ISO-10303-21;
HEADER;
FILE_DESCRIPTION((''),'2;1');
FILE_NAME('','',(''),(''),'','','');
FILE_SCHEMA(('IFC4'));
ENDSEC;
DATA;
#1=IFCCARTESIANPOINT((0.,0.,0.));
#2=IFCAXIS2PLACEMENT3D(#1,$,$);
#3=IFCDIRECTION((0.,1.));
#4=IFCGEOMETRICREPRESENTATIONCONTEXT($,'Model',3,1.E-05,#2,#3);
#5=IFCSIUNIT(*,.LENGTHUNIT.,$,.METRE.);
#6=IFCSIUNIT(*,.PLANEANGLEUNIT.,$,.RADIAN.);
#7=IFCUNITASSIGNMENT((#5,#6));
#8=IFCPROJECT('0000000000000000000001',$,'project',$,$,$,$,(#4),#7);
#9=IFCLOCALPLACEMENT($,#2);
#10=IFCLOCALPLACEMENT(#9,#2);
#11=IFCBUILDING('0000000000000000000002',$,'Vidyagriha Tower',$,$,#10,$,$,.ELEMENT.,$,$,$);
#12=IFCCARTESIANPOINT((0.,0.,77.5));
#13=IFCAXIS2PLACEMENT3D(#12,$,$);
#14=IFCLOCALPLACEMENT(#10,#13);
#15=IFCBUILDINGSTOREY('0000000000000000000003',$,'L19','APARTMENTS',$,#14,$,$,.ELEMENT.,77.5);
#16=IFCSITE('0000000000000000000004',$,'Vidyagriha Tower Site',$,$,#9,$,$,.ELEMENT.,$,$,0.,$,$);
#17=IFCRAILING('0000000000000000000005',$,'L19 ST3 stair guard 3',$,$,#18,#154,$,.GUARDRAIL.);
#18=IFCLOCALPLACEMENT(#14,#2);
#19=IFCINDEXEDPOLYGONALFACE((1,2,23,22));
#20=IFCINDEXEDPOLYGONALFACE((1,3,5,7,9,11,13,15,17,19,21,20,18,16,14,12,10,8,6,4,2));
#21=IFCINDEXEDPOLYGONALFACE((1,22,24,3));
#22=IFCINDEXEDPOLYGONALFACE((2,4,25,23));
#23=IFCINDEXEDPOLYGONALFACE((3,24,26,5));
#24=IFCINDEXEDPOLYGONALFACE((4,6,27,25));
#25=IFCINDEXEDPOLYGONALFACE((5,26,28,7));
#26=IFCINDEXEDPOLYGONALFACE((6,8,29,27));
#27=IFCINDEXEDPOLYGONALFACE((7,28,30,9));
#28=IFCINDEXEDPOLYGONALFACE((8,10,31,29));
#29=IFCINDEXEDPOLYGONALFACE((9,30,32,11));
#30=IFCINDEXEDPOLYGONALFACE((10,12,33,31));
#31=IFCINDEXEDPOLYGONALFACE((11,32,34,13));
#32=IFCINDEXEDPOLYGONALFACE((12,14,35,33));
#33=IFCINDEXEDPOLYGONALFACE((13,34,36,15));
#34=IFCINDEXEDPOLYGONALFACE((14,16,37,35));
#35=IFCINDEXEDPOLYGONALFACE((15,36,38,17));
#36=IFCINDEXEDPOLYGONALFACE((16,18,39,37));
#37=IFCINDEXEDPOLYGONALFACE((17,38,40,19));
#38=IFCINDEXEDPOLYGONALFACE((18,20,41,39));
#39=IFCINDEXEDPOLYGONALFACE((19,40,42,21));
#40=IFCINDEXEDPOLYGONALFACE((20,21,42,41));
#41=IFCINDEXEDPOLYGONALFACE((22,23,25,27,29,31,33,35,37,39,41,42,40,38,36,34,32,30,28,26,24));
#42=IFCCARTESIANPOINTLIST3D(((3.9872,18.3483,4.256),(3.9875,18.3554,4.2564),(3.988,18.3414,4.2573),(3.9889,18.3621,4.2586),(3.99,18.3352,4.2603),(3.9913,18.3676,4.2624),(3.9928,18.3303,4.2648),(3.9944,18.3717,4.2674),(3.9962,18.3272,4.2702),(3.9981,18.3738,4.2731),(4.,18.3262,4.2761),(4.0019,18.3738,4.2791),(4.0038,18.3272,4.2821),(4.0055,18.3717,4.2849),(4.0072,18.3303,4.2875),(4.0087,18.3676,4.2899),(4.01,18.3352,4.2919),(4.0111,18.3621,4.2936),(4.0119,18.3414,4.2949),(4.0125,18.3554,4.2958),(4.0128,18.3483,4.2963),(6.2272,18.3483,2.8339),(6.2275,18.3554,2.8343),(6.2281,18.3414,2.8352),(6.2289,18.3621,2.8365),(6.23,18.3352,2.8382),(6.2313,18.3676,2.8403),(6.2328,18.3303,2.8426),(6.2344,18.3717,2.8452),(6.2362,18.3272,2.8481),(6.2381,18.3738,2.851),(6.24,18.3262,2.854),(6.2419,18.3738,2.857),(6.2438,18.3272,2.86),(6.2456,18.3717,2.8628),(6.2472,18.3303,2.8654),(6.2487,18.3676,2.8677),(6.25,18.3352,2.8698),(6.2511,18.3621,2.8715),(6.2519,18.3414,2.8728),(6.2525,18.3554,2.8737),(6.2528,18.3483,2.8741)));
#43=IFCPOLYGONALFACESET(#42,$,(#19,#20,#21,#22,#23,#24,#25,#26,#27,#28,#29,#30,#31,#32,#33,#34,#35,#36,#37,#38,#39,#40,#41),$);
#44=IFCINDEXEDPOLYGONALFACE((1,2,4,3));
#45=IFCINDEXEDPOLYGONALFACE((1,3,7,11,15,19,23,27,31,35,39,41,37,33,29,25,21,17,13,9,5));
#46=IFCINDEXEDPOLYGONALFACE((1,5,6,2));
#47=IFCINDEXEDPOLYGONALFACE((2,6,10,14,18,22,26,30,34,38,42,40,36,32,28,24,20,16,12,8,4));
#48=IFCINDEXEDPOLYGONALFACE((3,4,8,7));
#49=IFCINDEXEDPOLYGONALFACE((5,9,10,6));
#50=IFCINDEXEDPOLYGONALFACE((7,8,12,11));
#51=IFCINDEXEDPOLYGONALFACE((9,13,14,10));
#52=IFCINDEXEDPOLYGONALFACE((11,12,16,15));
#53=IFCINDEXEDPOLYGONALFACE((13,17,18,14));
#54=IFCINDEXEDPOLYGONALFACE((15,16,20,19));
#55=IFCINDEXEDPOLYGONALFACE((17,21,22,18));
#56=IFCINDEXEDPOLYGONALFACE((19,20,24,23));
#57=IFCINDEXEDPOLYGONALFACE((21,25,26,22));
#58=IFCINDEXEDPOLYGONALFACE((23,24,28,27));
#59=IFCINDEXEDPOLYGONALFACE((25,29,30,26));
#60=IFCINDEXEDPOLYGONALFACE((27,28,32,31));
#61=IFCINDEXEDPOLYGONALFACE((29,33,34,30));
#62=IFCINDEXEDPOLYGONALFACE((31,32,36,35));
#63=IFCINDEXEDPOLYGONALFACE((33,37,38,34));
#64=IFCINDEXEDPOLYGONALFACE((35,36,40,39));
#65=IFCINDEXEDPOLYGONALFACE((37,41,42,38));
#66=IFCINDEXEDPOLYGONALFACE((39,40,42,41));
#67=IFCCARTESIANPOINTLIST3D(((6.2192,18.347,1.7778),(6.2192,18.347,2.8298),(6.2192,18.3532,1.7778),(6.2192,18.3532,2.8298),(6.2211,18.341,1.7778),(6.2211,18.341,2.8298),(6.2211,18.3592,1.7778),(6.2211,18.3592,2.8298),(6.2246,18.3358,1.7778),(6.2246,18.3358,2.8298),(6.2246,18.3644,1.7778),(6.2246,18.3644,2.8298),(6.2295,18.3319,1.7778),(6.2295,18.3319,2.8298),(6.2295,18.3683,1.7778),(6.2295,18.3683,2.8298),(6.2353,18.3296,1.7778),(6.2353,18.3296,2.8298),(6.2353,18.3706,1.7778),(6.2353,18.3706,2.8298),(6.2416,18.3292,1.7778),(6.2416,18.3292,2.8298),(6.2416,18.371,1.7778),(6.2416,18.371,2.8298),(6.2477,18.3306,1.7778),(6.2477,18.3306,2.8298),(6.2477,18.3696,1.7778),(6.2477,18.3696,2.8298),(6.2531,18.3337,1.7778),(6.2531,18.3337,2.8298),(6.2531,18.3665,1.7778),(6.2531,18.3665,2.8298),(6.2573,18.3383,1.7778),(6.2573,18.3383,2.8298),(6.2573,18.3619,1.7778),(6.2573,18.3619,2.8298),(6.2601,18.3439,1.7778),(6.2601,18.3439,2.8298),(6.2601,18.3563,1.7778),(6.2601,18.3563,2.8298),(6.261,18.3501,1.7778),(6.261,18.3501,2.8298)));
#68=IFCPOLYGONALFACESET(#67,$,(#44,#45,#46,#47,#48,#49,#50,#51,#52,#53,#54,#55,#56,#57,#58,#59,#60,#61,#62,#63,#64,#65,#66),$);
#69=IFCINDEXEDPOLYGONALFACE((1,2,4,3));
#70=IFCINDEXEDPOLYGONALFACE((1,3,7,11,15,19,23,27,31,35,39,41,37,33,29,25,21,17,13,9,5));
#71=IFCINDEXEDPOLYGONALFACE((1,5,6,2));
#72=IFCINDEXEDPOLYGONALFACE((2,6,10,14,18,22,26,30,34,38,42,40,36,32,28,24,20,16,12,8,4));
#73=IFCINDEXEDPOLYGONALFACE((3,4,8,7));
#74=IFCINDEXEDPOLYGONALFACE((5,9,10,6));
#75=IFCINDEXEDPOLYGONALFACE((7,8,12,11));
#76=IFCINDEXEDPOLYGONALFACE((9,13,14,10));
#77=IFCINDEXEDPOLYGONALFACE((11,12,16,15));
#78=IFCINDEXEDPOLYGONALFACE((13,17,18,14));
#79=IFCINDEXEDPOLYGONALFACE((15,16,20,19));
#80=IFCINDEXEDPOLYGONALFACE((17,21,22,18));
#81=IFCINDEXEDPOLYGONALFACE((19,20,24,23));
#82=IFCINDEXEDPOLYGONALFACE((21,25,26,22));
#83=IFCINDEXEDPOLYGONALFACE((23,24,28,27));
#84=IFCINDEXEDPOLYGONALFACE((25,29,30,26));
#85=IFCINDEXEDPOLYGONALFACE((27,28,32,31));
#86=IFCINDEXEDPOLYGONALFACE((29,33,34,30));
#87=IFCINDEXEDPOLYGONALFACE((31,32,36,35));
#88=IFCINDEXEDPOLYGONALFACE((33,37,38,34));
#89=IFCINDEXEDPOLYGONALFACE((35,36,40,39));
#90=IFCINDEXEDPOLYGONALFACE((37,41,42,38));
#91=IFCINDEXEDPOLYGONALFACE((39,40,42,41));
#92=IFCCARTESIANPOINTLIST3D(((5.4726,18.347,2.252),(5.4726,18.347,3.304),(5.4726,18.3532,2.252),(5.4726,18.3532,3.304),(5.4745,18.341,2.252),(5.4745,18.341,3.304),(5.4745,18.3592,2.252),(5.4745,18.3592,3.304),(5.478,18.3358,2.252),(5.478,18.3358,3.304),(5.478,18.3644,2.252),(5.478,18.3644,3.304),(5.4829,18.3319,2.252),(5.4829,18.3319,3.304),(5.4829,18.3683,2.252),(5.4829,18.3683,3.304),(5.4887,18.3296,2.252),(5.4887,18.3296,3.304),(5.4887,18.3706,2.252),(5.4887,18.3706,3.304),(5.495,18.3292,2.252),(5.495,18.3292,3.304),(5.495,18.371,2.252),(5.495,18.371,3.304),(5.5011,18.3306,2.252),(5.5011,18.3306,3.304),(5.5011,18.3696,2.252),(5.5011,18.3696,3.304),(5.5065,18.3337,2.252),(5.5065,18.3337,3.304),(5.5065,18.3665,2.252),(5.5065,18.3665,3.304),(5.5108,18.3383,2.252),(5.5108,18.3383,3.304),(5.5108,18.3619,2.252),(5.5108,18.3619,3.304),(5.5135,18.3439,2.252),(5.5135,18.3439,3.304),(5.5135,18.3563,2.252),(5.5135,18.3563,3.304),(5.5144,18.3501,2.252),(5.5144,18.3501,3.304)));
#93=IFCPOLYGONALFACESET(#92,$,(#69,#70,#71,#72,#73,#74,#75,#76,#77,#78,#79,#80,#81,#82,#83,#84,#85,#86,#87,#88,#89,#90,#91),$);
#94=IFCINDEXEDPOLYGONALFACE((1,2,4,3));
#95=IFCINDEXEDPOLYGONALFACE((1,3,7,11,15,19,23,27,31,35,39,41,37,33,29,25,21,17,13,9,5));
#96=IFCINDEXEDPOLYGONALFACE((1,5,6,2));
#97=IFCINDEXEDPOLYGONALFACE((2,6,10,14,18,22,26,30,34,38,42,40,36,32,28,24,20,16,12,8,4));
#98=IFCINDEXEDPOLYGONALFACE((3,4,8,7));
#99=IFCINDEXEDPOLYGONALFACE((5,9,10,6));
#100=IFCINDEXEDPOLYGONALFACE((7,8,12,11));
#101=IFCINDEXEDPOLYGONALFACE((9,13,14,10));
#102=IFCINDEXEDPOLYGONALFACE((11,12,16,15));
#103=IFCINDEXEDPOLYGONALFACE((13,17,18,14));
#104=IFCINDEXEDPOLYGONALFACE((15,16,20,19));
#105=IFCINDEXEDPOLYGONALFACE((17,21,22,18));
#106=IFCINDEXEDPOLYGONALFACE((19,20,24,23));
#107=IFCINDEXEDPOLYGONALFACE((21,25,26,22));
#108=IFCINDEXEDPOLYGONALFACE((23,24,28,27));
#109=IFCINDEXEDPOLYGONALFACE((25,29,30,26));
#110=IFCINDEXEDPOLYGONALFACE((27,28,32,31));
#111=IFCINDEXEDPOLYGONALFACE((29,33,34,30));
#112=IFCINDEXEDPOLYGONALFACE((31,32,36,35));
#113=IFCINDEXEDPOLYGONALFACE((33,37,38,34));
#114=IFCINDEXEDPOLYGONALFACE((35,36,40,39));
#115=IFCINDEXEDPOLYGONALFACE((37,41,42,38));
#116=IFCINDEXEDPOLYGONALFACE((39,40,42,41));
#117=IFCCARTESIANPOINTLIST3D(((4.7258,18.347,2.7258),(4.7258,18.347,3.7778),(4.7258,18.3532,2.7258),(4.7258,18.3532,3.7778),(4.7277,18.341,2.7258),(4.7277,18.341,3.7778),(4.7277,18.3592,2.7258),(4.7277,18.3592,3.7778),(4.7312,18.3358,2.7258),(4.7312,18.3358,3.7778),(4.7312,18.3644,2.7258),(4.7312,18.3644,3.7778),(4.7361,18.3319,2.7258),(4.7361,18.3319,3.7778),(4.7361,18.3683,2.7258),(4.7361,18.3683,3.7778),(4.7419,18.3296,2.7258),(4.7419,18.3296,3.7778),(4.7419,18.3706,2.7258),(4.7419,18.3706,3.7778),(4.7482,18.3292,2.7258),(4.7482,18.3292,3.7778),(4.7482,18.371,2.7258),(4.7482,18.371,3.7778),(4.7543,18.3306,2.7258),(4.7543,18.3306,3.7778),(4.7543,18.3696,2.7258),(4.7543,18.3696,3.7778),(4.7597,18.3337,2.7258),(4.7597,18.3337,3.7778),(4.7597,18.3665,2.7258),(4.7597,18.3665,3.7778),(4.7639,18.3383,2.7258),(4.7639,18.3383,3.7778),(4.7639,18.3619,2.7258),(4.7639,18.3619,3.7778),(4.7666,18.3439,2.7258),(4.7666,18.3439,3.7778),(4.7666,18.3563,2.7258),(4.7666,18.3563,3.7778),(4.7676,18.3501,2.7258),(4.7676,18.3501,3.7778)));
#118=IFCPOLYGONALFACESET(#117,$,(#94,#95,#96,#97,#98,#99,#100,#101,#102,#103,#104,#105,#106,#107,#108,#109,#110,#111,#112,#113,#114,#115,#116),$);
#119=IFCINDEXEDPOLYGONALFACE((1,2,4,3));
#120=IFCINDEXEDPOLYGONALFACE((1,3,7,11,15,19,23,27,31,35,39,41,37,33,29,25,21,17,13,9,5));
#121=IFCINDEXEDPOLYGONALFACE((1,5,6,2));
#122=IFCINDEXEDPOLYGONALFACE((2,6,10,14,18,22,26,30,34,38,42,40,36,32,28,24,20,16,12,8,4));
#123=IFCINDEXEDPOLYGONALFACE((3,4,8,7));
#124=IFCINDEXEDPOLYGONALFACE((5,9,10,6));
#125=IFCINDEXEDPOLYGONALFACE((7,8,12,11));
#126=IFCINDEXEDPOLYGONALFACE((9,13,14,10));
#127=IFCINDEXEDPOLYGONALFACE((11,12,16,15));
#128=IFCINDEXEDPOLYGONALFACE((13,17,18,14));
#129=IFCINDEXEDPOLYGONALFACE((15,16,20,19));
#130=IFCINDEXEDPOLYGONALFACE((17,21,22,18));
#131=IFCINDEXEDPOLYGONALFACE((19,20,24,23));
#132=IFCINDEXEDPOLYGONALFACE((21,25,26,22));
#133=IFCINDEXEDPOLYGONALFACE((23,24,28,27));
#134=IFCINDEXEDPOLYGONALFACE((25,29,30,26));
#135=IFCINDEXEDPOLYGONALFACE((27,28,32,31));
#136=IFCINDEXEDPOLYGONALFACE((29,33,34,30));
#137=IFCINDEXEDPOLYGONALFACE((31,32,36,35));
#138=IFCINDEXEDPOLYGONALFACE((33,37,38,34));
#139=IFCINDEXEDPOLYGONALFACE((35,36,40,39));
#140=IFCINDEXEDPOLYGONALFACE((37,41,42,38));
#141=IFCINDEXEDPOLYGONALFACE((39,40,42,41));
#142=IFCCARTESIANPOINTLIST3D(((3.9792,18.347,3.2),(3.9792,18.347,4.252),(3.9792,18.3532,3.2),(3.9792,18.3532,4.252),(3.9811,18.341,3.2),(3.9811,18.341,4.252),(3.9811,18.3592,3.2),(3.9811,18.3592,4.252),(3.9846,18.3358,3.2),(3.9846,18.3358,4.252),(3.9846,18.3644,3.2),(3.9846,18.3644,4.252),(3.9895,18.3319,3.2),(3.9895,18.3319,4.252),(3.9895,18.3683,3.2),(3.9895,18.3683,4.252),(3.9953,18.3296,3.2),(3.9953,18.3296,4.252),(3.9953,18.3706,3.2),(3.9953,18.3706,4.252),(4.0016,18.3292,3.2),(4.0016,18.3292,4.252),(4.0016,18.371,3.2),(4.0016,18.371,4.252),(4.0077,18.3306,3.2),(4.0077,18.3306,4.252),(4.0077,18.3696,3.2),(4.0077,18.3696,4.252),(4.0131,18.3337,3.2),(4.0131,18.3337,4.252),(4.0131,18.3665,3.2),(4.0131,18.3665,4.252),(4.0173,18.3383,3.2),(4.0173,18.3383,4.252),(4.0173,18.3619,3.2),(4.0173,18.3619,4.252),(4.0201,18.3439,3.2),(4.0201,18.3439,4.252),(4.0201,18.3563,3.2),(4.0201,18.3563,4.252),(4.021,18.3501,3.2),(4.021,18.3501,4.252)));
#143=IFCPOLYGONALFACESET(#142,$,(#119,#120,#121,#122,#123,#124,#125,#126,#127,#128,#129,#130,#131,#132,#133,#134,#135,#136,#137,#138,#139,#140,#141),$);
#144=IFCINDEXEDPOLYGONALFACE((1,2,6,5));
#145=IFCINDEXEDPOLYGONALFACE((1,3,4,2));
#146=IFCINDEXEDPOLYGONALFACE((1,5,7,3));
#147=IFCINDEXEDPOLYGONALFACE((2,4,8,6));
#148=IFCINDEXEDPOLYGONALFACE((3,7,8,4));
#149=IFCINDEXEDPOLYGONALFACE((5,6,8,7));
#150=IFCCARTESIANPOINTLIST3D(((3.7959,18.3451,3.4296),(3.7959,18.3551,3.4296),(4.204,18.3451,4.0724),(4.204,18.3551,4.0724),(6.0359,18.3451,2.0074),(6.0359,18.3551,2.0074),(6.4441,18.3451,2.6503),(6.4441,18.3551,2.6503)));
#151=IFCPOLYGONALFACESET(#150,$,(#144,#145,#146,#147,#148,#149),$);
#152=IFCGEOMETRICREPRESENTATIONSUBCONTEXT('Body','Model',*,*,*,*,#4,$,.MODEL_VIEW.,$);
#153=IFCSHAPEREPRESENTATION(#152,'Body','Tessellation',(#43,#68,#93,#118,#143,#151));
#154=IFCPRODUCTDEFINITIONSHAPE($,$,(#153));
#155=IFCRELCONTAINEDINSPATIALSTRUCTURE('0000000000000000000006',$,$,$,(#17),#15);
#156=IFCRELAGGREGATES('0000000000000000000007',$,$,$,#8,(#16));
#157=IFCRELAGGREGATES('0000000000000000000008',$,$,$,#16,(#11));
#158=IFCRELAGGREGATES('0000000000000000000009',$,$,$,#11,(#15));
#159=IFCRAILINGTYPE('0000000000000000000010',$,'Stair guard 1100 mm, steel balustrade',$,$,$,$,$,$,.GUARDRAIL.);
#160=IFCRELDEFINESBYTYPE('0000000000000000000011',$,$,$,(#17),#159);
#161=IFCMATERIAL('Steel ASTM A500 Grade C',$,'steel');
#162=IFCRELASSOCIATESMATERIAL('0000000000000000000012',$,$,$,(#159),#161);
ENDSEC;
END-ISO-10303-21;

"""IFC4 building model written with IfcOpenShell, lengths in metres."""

from ifc_helpers import new_model, si_unit, direction, frame, origin, origin_2d, place, context, subcontext, project, spatial, rectangle, circle, extrude, material, type_object, element, save


model = new_model("IFC4")

# Units and contexts
model_context = context("Model", 3, precision=1e-05, world=origin(), true_north=direction((0.0, 1.0)))
body_context = subcontext(model_context, "Body", "Model", "MODEL_VIEW")
ifc_project = project(units=[si_unit("LENGTHUNIT", "METRE"), si_unit("PLANEANGLEUNIT", "RADIAN")], contexts=[model_context])

# Site, building, storey
site_placement = place(None, origin())
site = spatial("IfcSite", under=ifc_project, at=site_placement, Name="Vidyagriha Tower Site", CompositionType="ELEMENT", RefElevation=0.0)
building_placement = place(site_placement, origin())
building = spatial("IfcBuilding", under=site, at=building_placement, Name="Vidyagriha Tower", CompositionType="ELEMENT")
storey_placement = place(building_placement, frame((0.0, 0.0, 77.5)))
storey = spatial("IfcBuildingStorey", under=building, at=storey_placement, Name="L19", Description="APARTMENTS", CompositionType="ELEMENT", Elevation=77.5)

# Railing
ifc_material_1 = material(Name="Steel ASTM A500 Grade C", Category="steel")
railing_type_1 = type_object("IfcRailingType", Name="Stair guard 1100 mm, steel balustrade", PredefinedType="GUARDRAIL", material=ifc_material_1)
railing_1_placement = place(storey_placement, frame((6.24, 18.3501, 1.7778)))
element("IfcRailing", 1, at=railing_1_placement, inside=storey, type_object=railing_type_1, Name="L19 ST3 stair guard 3", PredefinedType="GUARDRAIL", context=body_context, shape_type="SweptSolid", body=[
    extrude(circle(Radius=0.0239, at=origin_2d()), frame((0.0, 0.0, 1.0762), z_axis=(-0.844229, 0.0, 0.535982), x_axis=(0.0, -1.0, 0.0)), (0.0, 0.0, 1.0), 2.6533),
    extrude(circle(Radius=0.021, at=origin_2d()), origin(), (0.0, 0.0, 1.0), 1.052),
    extrude(circle(Radius=0.021, at=origin_2d()), frame((-0.7466, 0.0, 0.4741)), (0.0, 0.0, 1.0), 1.052),
    extrude(circle(Radius=0.021, at=origin_2d()), frame((-1.4934, 0.0, 0.948)), (0.0, 0.0, 1.0), 1.052),
    extrude(circle(Radius=0.021, at=origin_2d()), frame((-2.24, 0.0, 1.4221)), (0.0, 0.0, 1.0), 1.052),
    extrude(rectangle(XDim=0.01, YDim=0.7615, at=origin_2d()), frame((0.0, 0.0, 0.551), z_axis=(-0.844229, 0.0, 0.535982), x_axis=(0.0, -1.0, 0.0)), (0.0, 0.0, 1.0), 2.6533),
])

save(model, "model.ifc")
